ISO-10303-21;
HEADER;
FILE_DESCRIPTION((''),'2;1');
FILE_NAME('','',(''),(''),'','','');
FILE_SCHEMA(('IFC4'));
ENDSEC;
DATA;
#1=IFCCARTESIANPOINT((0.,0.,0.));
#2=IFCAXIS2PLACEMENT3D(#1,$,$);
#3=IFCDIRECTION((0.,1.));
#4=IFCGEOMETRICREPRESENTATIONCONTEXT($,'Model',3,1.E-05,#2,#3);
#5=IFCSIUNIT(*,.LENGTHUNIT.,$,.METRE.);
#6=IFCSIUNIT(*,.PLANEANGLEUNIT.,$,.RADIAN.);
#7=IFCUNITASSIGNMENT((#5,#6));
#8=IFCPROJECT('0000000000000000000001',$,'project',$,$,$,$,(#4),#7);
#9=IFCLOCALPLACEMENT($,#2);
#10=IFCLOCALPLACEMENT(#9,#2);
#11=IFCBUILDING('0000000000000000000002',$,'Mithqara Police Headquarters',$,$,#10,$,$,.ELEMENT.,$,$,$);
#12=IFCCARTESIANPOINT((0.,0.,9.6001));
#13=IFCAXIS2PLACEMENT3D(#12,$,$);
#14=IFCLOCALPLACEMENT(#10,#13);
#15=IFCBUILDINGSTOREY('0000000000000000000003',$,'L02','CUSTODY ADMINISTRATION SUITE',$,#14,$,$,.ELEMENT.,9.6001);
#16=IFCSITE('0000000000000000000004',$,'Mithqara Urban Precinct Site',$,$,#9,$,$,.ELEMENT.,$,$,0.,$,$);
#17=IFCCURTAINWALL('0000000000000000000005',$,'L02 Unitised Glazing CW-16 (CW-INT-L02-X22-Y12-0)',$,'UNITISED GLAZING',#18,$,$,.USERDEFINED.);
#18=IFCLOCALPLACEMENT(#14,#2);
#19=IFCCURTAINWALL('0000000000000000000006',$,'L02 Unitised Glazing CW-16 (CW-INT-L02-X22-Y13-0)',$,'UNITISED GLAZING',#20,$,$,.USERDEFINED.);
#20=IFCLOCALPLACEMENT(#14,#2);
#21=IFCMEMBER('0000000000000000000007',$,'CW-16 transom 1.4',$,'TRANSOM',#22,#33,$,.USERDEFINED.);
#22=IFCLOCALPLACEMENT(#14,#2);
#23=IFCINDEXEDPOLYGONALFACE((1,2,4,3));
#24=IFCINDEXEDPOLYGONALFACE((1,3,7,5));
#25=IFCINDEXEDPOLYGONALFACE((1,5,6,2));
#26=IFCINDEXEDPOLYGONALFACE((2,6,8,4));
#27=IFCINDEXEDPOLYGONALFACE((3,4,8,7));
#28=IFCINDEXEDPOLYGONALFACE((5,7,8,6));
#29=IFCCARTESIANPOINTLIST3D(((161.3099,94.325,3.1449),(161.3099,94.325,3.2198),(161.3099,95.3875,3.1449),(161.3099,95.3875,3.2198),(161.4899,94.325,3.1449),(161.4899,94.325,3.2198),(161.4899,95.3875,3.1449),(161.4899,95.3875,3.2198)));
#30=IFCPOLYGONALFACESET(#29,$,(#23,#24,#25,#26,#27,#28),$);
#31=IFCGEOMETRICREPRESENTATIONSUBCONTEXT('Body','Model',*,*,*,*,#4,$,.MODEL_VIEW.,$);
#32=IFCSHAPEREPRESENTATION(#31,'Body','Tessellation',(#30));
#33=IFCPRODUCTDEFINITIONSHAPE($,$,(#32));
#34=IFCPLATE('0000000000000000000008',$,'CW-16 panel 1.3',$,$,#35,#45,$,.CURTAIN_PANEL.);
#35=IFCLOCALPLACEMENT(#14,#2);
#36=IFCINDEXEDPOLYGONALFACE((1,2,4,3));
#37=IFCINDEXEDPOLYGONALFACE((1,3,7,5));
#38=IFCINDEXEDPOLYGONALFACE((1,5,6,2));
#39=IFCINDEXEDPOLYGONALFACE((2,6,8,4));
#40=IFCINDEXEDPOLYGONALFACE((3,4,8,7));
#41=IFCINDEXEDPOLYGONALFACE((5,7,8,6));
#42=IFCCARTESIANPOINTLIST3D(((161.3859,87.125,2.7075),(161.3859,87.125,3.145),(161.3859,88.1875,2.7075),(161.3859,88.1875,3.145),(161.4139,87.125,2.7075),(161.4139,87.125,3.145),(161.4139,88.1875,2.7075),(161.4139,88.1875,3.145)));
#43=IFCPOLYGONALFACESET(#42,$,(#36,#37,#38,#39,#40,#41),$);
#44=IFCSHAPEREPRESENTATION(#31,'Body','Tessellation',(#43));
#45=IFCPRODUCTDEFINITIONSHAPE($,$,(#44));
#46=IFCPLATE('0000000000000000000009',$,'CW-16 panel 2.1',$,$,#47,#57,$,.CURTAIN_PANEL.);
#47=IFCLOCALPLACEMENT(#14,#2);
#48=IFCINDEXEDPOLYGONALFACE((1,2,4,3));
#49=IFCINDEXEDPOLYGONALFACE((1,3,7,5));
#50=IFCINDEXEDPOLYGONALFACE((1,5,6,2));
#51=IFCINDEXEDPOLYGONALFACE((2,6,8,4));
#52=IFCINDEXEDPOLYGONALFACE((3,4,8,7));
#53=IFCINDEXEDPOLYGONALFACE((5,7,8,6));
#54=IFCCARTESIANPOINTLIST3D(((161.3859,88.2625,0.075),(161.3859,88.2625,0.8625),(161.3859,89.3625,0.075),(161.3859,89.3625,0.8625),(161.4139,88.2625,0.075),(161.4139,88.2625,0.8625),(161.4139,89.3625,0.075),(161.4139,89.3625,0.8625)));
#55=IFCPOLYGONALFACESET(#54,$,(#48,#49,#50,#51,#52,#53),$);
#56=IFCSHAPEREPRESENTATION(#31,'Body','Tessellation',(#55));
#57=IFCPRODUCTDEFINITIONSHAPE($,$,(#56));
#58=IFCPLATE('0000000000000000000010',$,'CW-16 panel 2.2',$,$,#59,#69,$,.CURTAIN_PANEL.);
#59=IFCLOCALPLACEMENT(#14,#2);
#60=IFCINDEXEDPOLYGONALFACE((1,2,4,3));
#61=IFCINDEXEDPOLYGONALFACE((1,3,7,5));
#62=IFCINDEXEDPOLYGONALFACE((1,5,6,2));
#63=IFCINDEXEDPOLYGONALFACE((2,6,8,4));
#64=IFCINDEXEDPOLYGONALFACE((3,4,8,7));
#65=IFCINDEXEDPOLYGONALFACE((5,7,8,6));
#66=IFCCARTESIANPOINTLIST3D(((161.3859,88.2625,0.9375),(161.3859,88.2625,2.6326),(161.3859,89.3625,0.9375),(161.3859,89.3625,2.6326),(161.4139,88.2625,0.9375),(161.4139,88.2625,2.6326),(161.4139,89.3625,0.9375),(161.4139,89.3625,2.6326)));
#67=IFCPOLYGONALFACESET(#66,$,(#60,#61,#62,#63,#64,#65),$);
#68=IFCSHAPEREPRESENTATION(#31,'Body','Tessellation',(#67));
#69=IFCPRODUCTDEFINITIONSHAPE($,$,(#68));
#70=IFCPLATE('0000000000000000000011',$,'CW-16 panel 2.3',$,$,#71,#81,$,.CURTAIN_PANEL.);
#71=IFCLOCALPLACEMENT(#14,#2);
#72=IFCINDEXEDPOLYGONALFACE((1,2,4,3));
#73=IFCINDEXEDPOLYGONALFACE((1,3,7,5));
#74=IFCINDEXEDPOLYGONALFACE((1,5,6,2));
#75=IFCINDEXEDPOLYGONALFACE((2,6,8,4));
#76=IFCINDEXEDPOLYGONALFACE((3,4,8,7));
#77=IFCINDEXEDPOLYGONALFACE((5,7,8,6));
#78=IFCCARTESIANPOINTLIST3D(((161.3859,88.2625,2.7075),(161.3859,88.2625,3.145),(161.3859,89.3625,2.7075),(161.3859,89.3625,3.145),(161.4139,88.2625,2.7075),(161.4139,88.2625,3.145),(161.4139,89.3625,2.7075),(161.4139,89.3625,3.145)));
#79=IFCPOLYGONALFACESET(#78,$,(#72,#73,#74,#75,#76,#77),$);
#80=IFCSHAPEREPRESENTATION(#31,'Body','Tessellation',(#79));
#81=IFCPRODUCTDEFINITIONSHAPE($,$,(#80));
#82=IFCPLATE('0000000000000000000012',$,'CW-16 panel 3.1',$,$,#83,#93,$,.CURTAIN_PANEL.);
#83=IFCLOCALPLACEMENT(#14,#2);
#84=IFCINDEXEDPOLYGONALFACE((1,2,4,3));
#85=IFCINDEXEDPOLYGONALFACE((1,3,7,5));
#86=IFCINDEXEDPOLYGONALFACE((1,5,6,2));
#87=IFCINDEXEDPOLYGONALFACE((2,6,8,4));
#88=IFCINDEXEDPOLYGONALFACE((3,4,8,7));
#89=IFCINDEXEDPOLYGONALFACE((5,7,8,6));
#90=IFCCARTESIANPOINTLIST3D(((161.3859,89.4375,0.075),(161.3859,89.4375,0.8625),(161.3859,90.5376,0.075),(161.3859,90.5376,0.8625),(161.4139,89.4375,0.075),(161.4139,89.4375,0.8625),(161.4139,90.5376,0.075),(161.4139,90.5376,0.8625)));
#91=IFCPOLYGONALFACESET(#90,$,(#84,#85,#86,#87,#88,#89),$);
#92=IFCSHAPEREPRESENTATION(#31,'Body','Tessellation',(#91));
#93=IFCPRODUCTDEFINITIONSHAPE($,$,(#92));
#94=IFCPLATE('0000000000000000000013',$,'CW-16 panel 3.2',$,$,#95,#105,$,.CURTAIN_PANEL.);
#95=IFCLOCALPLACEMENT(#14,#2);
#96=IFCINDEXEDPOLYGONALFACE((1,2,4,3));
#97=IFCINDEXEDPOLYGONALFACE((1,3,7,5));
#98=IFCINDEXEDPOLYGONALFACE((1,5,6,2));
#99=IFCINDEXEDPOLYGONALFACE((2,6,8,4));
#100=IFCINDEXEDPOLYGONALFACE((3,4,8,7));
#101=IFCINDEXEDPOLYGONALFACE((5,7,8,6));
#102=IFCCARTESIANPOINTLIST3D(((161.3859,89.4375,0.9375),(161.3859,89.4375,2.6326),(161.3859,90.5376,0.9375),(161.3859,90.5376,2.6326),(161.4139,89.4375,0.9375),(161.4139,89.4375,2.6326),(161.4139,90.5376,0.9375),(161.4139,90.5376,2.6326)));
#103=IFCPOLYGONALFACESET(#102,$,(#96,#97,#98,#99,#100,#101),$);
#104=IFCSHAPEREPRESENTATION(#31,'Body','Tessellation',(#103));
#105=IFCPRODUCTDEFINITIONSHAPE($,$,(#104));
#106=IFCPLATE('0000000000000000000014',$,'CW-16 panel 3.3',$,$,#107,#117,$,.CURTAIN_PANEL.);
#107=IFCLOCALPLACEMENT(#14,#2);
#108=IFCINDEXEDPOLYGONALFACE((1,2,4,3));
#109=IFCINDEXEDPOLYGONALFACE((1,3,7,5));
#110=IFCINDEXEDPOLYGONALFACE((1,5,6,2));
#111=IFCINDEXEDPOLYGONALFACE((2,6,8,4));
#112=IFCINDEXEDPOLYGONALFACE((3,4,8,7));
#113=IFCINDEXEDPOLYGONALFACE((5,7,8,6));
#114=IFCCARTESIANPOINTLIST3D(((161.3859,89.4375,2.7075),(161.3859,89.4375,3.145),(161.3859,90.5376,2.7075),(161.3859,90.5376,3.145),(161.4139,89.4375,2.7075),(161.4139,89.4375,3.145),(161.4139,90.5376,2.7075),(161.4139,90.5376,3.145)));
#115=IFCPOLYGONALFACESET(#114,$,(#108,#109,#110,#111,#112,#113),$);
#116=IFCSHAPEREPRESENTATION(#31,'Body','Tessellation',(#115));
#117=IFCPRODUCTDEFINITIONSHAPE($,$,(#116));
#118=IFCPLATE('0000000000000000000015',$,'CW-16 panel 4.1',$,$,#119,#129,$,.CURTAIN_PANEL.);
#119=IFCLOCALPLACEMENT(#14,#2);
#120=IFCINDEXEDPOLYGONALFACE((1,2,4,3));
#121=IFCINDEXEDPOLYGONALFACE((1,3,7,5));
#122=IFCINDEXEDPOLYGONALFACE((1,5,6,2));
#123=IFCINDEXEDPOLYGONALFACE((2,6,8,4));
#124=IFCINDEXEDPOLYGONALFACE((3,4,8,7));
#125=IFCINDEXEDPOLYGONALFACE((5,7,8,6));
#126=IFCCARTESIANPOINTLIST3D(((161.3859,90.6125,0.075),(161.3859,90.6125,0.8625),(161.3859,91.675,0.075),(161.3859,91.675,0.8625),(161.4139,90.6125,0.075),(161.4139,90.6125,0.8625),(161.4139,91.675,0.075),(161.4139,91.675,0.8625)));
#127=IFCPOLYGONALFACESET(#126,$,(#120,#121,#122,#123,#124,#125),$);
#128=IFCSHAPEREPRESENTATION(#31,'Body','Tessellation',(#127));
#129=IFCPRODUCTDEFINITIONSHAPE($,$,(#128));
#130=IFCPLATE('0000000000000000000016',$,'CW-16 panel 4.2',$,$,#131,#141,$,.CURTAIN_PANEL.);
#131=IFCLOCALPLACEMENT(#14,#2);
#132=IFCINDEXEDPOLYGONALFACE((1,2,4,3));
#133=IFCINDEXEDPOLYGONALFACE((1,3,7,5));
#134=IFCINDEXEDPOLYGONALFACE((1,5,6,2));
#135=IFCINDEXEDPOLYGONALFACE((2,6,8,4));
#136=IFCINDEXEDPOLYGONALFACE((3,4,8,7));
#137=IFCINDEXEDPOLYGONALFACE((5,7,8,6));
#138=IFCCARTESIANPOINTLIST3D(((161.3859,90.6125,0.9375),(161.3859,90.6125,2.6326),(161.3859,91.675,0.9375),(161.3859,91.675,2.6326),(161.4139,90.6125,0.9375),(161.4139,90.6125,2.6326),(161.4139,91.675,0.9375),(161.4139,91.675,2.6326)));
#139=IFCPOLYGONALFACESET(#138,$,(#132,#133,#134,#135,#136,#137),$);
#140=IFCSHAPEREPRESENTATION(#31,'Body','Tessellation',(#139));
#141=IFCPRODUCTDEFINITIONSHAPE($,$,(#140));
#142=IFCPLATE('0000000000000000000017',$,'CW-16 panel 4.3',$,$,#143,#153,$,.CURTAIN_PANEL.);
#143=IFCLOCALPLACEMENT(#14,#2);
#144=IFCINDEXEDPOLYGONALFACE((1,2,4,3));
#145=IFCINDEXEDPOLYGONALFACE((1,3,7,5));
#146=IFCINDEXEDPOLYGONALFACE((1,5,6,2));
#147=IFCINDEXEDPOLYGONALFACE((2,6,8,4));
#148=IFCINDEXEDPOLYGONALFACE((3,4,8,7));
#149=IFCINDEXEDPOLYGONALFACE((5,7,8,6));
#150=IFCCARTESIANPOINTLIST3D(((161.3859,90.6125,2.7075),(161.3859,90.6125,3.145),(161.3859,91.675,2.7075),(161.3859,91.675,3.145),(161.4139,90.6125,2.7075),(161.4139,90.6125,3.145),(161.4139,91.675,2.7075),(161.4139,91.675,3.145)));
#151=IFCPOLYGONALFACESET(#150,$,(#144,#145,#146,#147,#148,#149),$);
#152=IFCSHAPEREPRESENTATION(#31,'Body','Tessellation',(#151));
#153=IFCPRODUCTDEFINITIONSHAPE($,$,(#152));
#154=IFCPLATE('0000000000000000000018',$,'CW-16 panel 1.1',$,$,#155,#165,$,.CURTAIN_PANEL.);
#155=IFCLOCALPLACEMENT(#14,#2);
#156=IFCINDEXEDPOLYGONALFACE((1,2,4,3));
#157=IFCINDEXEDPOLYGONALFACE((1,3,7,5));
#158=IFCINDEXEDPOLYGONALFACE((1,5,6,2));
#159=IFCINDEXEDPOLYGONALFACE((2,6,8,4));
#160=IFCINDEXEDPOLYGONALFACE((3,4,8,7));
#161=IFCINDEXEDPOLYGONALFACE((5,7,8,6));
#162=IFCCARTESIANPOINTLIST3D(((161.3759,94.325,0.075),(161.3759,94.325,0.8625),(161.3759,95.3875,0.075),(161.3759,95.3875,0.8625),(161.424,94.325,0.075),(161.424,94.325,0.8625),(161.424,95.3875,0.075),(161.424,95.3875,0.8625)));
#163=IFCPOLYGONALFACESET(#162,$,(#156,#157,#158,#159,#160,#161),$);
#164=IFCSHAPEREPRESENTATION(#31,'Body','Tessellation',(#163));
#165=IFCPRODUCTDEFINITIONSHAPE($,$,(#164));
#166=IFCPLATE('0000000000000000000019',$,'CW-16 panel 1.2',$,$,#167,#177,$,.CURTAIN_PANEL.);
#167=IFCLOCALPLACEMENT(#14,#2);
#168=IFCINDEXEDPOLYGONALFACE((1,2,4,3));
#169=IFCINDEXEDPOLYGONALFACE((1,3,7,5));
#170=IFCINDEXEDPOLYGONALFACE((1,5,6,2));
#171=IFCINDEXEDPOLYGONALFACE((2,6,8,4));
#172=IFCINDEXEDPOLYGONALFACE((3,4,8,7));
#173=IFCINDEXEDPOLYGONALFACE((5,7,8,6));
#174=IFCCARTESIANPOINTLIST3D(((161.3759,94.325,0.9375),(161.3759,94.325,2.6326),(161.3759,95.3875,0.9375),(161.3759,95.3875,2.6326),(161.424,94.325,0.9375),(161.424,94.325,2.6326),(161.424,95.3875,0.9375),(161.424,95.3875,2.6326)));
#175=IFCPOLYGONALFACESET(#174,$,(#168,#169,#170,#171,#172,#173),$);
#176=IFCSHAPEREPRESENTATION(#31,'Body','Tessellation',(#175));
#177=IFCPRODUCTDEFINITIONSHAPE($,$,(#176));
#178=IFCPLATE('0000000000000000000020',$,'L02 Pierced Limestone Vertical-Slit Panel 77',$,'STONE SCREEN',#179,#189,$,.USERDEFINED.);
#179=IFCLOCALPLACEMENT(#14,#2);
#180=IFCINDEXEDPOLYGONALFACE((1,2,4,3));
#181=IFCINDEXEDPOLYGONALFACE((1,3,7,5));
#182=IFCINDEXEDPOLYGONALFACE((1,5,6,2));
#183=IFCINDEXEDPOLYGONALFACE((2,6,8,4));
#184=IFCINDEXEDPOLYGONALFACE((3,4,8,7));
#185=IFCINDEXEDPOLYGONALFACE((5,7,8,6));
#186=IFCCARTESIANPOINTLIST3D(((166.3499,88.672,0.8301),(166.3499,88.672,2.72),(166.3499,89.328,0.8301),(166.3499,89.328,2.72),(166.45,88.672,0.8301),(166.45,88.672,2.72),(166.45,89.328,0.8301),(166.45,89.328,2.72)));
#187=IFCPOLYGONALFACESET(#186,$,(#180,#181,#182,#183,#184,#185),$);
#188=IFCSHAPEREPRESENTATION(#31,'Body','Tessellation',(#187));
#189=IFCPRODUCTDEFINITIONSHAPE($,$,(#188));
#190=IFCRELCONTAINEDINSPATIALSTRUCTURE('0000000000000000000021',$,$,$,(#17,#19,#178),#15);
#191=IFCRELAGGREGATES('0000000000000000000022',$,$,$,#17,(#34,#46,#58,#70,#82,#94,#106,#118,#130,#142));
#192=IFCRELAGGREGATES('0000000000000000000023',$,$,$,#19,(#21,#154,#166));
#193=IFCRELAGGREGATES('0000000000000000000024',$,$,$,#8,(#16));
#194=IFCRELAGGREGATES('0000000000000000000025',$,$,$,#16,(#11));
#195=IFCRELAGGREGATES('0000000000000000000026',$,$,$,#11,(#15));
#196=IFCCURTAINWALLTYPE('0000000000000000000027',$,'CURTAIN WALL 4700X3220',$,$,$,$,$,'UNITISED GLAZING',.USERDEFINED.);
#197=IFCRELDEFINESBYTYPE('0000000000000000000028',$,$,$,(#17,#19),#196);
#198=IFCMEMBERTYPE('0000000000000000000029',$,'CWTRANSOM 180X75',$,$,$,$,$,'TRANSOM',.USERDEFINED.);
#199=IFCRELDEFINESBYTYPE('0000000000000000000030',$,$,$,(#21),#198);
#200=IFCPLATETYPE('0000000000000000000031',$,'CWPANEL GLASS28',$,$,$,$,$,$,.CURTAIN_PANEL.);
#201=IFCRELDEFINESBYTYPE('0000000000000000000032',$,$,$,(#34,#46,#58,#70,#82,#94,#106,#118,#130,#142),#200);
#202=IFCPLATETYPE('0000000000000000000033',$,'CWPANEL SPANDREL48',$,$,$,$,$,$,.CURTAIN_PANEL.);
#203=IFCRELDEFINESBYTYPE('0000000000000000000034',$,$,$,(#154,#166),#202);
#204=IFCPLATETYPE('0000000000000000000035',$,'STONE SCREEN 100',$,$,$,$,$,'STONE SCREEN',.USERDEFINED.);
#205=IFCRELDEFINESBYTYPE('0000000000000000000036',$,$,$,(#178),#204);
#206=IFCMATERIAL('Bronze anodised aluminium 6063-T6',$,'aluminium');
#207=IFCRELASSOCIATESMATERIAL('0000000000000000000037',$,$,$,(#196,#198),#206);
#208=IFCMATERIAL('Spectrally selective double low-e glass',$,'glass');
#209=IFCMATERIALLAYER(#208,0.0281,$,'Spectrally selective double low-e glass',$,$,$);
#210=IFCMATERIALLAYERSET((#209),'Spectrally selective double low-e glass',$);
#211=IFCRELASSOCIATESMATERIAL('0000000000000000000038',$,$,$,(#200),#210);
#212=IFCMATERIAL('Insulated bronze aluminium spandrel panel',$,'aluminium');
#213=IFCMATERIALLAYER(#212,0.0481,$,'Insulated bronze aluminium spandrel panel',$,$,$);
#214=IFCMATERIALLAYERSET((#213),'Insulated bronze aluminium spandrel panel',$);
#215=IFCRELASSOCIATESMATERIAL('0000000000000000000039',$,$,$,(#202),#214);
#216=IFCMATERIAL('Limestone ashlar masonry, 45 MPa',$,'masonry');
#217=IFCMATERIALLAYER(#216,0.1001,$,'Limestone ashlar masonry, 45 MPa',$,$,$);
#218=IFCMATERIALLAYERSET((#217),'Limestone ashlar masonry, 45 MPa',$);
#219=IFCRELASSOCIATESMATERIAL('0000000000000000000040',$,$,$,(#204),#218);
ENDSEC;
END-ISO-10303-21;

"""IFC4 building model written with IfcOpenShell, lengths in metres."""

from ifc_helpers import new_model, si_unit, direction, frame, origin, origin_2d, place, context, subcontext, project, spatial, rectangle, extrude, material, layer, layer_set, material_profile, profile_set, type_object, element, aggregate, save


model = new_model("IFC4")

# Units and contexts
model_context = context("Model", 3, precision=1e-05, world=origin(), true_north=direction((0.0, 1.0)))
body_context = subcontext(model_context, "Body", "Model", "MODEL_VIEW")
ifc_project = project(units=[si_unit("LENGTHUNIT", "METRE"), si_unit("PLANEANGLEUNIT", "RADIAN")], contexts=[model_context])

# Site, building, storey
site_placement = place(None, origin())
site = spatial("IfcSite", under=ifc_project, at=site_placement, Name="Mithqara Urban Precinct Site", CompositionType="ELEMENT", RefElevation=0.0)
building_placement = place(site_placement, origin())
building = spatial("IfcBuilding", under=site, at=building_placement, Name="Mithqara Police Headquarters", CompositionType="ELEMENT")
storey_placement = place(building_placement, frame((0.0, 0.0, 9.6001)))
storey = spatial("IfcBuildingStorey", under=building, at=storey_placement, Name="L02", Description="CUSTODY ADMINISTRATION SUITE", CompositionType="ELEMENT", Elevation=9.6001)

# Curtain wall
ifc_material_1 = material(Name="Bronze anodised aluminium 6063-T6", Category="aluminium")
curtain_wall_type = type_object("IfcCurtainWallType", Name="CURTAIN WALL 4700X3220", ElementType="UNITISED GLAZING", PredefinedType="USERDEFINED", material=ifc_material_1)
curtain_wall_1_placement = place(storey_placement, origin())
curtain_wall_1 = element("IfcCurtainWall", 1, at=curtain_wall_1_placement, inside=storey, type_object=curtain_wall_type, Name="L02 Unitised Glazing CW-16 (CW-INT-L02-X22-Y12-0)", ObjectType="UNITISED GLAZING", PredefinedType="USERDEFINED")

# Curtain wall
curtain_wall_2_placement = place(storey_placement, origin())
curtain_wall_2 = element("IfcCurtainWall", 2, at=curtain_wall_2_placement, inside=storey, type_object=curtain_wall_type, Name="L02 Unitised Glazing CW-16 (CW-INT-L02-X22-Y13-0)", ObjectType="UNITISED GLAZING", PredefinedType="USERDEFINED")

# Member
ifc_material_profile_1 = material_profile(ifc_material_1, rectangle(XDim=0.1799, YDim=0.075, at=origin_2d()), Name="CWT 180x75")
ifc_profile_set_1 = profile_set([ifc_material_profile_1], Name="Bronze anodised aluminium 6063-T6")
member_type_1 = type_object("IfcMemberType", Name="CWTRANSOM 180X75", ElementType="TRANSOM", PredefinedType="USERDEFINED", material=ifc_profile_set_1)
member_1_placement = place(storey_placement, frame((161.3999, 94.325, 3.1824), z_axis=(0.0, 1.0, 0.0), x_axis=(-1.0, 0.0, 0.0)))
member_1 = element("IfcMember", 3, at=member_1_placement, type_object=member_type_1, Name="CW-16 transom 1.4", ObjectType="TRANSOM", PredefinedType="USERDEFINED", context=body_context, shape_type="SweptSolid", body=[
    extrude(rectangle(XDim=0.1799, YDim=0.075, at=origin_2d()), origin(), (0.0, 0.0, 1.0), 1.0625),
])

# Plates
ifc_material_2 = material(Name="Spectrally selective double low-e glass", Category="glass")
ifc_layer_1 = layer(ifc_material_2, 0.0281, Name="Spectrally selective double low-e glass")
ifc_layer_set_1 = layer_set([ifc_layer_1], Name="Spectrally selective double low-e glass")
plate_type_1 = type_object("IfcPlateType", Name="CWPANEL GLASS28", PredefinedType="CURTAIN_PANEL", material=ifc_layer_set_1)
plate_1_placement = place(storey_placement, frame((161.3999, 87.6562, 2.7075), z_axis=(0.0, 0.0, 1.0), x_axis=(0.0, 1.0, 0.0)))
plate_1 = element("IfcPlate", 4, at=plate_1_placement, type_object=plate_type_1, Name="CW-16 panel 1.3", PredefinedType="CURTAIN_PANEL", context=body_context, shape_type="SweptSolid", body=[
    extrude(rectangle(XDim=1.0625, YDim=0.0281, at=origin_2d()), origin(), (0.0, 0.0, 1.0), 0.4375),
])
plate_2_placement = place(storey_placement, frame((161.3999, 88.8125, 0.075), z_axis=(0.0, 0.0, 1.0), x_axis=(0.0, 1.0, 0.0)))
plate_2 = element("IfcPlate", 5, at=plate_2_placement, type_object=plate_type_1, Name="CW-16 panel 2.1", PredefinedType="CURTAIN_PANEL", context=body_context, shape_type="SweptSolid", body=[
    extrude(rectangle(XDim=1.1001, YDim=0.0281, at=origin_2d()), origin(), (0.0, 0.0, 1.0), 0.7876),
])
plate_3_placement = place(storey_placement, frame((161.3999, 88.8125, 0.9375), z_axis=(0.0, 0.0, 1.0), x_axis=(0.0, 1.0, 0.0)))
plate_3 = element("IfcPlate", 6, at=plate_3_placement, type_object=plate_type_1, Name="CW-16 panel 2.2", PredefinedType="CURTAIN_PANEL", context=body_context, shape_type="SweptSolid", body=[
    extrude(rectangle(XDim=1.1001, YDim=0.0281, at=origin_2d()), origin(), (0.0, 0.0, 1.0), 1.6951),
])
plate_4_placement = place(storey_placement, frame((161.3999, 88.8125, 2.7075), z_axis=(0.0, 0.0, 1.0), x_axis=(0.0, 1.0, 0.0)))
plate_4 = element("IfcPlate", 7, at=plate_4_placement, type_object=plate_type_1, Name="CW-16 panel 2.3", PredefinedType="CURTAIN_PANEL", context=body_context, shape_type="SweptSolid", body=[
    extrude(rectangle(XDim=1.1001, YDim=0.0281, at=origin_2d()), origin(), (0.0, 0.0, 1.0), 0.4375),
])
plate_5_placement = place(storey_placement, frame((161.3999, 89.9875, 0.075), z_axis=(0.0, 0.0, 1.0), x_axis=(0.0, 1.0, 0.0)))
plate_5 = element("IfcPlate", 8, at=plate_5_placement, type_object=plate_type_1, Name="CW-16 panel 3.1", PredefinedType="CURTAIN_PANEL", context=body_context, shape_type="SweptSolid", body=[
    extrude(rectangle(XDim=1.1001, YDim=0.0281, at=origin_2d()), origin(), (0.0, 0.0, 1.0), 0.7876),
])
plate_6_placement = place(storey_placement, frame((161.3999, 89.9875, 0.9375), z_axis=(0.0, 0.0, 1.0), x_axis=(0.0, 1.0, 0.0)))
plate_6 = element("IfcPlate", 9, at=plate_6_placement, type_object=plate_type_1, Name="CW-16 panel 3.2", PredefinedType="CURTAIN_PANEL", context=body_context, shape_type="SweptSolid", body=[
    extrude(rectangle(XDim=1.1001, YDim=0.0281, at=origin_2d()), origin(), (0.0, 0.0, 1.0), 1.6951),
])
plate_7_placement = place(storey_placement, frame((161.3999, 89.9875, 2.7075), z_axis=(0.0, 0.0, 1.0), x_axis=(0.0, 1.0, 0.0)))
plate_7 = element("IfcPlate", 10, at=plate_7_placement, type_object=plate_type_1, Name="CW-16 panel 3.3", PredefinedType="CURTAIN_PANEL", context=body_context, shape_type="SweptSolid", body=[
    extrude(rectangle(XDim=1.1001, YDim=0.0281, at=origin_2d()), origin(), (0.0, 0.0, 1.0), 0.4375),
])
plate_8_placement = place(storey_placement, frame((161.3999, 91.1438, 0.075), z_axis=(0.0, 0.0, 1.0), x_axis=(0.0, 1.0, 0.0)))
plate_8 = element("IfcPlate", 11, at=plate_8_placement, type_object=plate_type_1, Name="CW-16 panel 4.1", PredefinedType="CURTAIN_PANEL", context=body_context, shape_type="SweptSolid", body=[
    extrude(rectangle(XDim=1.0625, YDim=0.0281, at=origin_2d()), origin(), (0.0, 0.0, 1.0), 0.7876),
])
plate_9_placement = place(storey_placement, frame((161.3999, 91.1438, 0.9375), z_axis=(0.0, 0.0, 1.0), x_axis=(0.0, 1.0, 0.0)))
plate_9 = element("IfcPlate", 12, at=plate_9_placement, type_object=plate_type_1, Name="CW-16 panel 4.2", PredefinedType="CURTAIN_PANEL", context=body_context, shape_type="SweptSolid", body=[
    extrude(rectangle(XDim=1.0625, YDim=0.0281, at=origin_2d()), origin(), (0.0, 0.0, 1.0), 1.6951),
])
plate_10_placement = place(storey_placement, frame((161.3999, 91.1438, 2.7075), z_axis=(0.0, 0.0, 1.0), x_axis=(0.0, 1.0, 0.0)))
plate_10 = element("IfcPlate", 13, at=plate_10_placement, type_object=plate_type_1, Name="CW-16 panel 4.3", PredefinedType="CURTAIN_PANEL", context=body_context, shape_type="SweptSolid", body=[
    extrude(rectangle(XDim=1.0625, YDim=0.0281, at=origin_2d()), origin(), (0.0, 0.0, 1.0), 0.4375),
])
aggregate(curtain_wall_1, [plate_1, plate_2, plate_3, plate_4, plate_5, plate_6, plate_7, plate_8, plate_9, plate_10])
ifc_material_3 = material(Name="Insulated bronze aluminium spandrel panel", Category="aluminium")
ifc_layer_2 = layer(ifc_material_3, 0.0481, Name="Insulated bronze aluminium spandrel panel")
ifc_layer_set_2 = layer_set([ifc_layer_2], Name="Insulated bronze aluminium spandrel panel")
plate_type_2 = type_object("IfcPlateType", Name="CWPANEL SPANDREL48", PredefinedType="CURTAIN_PANEL", material=ifc_layer_set_2)
plate_11_placement = place(storey_placement, frame((161.3999, 94.8562, 0.075), z_axis=(0.0, 0.0, 1.0), x_axis=(0.0, 1.0, 0.0)))
plate_11 = element("IfcPlate", 14, at=plate_11_placement, type_object=plate_type_2, Name="CW-16 panel 1.1", PredefinedType="CURTAIN_PANEL", context=body_context, shape_type="SweptSolid", body=[
    extrude(rectangle(XDim=1.0625, YDim=0.0481, at=origin_2d()), origin(), (0.0, 0.0, 1.0), 0.7876),
])
plate_12_placement = place(storey_placement, frame((161.3999, 94.8562, 0.9375), z_axis=(0.0, 0.0, 1.0), x_axis=(0.0, 1.0, 0.0)))
plate_12 = element("IfcPlate", 15, at=plate_12_placement, type_object=plate_type_2, Name="CW-16 panel 1.2", PredefinedType="CURTAIN_PANEL", context=body_context, shape_type="SweptSolid", body=[
    extrude(rectangle(XDim=1.0625, YDim=0.0481, at=origin_2d()), origin(), (0.0, 0.0, 1.0), 1.6951),
])
aggregate(curtain_wall_2, [member_1, plate_11, plate_12])

# Plate
ifc_material_4 = material(Name="Limestone ashlar masonry, 45 MPa", Category="masonry")
ifc_layer_3 = layer(ifc_material_4, 0.1001, Name="Limestone ashlar masonry, 45 MPa")
ifc_layer_set_3 = layer_set([ifc_layer_3], Name="Limestone ashlar masonry, 45 MPa")
plate_type_3 = type_object("IfcPlateType", Name="STONE SCREEN 100", ElementType="STONE SCREEN", PredefinedType="USERDEFINED", material=ifc_layer_set_3)
for number, where, z_axis, x_axis, name in (
    (16, (166.3999, 89.0, 0.8301), (0.0, 0.0, 1.0), (0.0, 1.0, 0.0), "L02 Pierced Limestone Vertical-Slit Panel 77"),
):
    element("IfcPlate", number, at=place(storey_placement, frame(where, z_axis=z_axis, x_axis=x_axis)), inside=storey, type_object=plate_type_3, Name=name, ObjectType="STONE SCREEN", PredefinedType="USERDEFINED", context=body_context, shape_type="SweptSolid", body=[
        extrude(rectangle(XDim=0.656, YDim=0.1001, at=origin_2d()), origin(), (0.0, 0.0, 1.0), 1.8899),
    ])

save(model, "model.ifc")
